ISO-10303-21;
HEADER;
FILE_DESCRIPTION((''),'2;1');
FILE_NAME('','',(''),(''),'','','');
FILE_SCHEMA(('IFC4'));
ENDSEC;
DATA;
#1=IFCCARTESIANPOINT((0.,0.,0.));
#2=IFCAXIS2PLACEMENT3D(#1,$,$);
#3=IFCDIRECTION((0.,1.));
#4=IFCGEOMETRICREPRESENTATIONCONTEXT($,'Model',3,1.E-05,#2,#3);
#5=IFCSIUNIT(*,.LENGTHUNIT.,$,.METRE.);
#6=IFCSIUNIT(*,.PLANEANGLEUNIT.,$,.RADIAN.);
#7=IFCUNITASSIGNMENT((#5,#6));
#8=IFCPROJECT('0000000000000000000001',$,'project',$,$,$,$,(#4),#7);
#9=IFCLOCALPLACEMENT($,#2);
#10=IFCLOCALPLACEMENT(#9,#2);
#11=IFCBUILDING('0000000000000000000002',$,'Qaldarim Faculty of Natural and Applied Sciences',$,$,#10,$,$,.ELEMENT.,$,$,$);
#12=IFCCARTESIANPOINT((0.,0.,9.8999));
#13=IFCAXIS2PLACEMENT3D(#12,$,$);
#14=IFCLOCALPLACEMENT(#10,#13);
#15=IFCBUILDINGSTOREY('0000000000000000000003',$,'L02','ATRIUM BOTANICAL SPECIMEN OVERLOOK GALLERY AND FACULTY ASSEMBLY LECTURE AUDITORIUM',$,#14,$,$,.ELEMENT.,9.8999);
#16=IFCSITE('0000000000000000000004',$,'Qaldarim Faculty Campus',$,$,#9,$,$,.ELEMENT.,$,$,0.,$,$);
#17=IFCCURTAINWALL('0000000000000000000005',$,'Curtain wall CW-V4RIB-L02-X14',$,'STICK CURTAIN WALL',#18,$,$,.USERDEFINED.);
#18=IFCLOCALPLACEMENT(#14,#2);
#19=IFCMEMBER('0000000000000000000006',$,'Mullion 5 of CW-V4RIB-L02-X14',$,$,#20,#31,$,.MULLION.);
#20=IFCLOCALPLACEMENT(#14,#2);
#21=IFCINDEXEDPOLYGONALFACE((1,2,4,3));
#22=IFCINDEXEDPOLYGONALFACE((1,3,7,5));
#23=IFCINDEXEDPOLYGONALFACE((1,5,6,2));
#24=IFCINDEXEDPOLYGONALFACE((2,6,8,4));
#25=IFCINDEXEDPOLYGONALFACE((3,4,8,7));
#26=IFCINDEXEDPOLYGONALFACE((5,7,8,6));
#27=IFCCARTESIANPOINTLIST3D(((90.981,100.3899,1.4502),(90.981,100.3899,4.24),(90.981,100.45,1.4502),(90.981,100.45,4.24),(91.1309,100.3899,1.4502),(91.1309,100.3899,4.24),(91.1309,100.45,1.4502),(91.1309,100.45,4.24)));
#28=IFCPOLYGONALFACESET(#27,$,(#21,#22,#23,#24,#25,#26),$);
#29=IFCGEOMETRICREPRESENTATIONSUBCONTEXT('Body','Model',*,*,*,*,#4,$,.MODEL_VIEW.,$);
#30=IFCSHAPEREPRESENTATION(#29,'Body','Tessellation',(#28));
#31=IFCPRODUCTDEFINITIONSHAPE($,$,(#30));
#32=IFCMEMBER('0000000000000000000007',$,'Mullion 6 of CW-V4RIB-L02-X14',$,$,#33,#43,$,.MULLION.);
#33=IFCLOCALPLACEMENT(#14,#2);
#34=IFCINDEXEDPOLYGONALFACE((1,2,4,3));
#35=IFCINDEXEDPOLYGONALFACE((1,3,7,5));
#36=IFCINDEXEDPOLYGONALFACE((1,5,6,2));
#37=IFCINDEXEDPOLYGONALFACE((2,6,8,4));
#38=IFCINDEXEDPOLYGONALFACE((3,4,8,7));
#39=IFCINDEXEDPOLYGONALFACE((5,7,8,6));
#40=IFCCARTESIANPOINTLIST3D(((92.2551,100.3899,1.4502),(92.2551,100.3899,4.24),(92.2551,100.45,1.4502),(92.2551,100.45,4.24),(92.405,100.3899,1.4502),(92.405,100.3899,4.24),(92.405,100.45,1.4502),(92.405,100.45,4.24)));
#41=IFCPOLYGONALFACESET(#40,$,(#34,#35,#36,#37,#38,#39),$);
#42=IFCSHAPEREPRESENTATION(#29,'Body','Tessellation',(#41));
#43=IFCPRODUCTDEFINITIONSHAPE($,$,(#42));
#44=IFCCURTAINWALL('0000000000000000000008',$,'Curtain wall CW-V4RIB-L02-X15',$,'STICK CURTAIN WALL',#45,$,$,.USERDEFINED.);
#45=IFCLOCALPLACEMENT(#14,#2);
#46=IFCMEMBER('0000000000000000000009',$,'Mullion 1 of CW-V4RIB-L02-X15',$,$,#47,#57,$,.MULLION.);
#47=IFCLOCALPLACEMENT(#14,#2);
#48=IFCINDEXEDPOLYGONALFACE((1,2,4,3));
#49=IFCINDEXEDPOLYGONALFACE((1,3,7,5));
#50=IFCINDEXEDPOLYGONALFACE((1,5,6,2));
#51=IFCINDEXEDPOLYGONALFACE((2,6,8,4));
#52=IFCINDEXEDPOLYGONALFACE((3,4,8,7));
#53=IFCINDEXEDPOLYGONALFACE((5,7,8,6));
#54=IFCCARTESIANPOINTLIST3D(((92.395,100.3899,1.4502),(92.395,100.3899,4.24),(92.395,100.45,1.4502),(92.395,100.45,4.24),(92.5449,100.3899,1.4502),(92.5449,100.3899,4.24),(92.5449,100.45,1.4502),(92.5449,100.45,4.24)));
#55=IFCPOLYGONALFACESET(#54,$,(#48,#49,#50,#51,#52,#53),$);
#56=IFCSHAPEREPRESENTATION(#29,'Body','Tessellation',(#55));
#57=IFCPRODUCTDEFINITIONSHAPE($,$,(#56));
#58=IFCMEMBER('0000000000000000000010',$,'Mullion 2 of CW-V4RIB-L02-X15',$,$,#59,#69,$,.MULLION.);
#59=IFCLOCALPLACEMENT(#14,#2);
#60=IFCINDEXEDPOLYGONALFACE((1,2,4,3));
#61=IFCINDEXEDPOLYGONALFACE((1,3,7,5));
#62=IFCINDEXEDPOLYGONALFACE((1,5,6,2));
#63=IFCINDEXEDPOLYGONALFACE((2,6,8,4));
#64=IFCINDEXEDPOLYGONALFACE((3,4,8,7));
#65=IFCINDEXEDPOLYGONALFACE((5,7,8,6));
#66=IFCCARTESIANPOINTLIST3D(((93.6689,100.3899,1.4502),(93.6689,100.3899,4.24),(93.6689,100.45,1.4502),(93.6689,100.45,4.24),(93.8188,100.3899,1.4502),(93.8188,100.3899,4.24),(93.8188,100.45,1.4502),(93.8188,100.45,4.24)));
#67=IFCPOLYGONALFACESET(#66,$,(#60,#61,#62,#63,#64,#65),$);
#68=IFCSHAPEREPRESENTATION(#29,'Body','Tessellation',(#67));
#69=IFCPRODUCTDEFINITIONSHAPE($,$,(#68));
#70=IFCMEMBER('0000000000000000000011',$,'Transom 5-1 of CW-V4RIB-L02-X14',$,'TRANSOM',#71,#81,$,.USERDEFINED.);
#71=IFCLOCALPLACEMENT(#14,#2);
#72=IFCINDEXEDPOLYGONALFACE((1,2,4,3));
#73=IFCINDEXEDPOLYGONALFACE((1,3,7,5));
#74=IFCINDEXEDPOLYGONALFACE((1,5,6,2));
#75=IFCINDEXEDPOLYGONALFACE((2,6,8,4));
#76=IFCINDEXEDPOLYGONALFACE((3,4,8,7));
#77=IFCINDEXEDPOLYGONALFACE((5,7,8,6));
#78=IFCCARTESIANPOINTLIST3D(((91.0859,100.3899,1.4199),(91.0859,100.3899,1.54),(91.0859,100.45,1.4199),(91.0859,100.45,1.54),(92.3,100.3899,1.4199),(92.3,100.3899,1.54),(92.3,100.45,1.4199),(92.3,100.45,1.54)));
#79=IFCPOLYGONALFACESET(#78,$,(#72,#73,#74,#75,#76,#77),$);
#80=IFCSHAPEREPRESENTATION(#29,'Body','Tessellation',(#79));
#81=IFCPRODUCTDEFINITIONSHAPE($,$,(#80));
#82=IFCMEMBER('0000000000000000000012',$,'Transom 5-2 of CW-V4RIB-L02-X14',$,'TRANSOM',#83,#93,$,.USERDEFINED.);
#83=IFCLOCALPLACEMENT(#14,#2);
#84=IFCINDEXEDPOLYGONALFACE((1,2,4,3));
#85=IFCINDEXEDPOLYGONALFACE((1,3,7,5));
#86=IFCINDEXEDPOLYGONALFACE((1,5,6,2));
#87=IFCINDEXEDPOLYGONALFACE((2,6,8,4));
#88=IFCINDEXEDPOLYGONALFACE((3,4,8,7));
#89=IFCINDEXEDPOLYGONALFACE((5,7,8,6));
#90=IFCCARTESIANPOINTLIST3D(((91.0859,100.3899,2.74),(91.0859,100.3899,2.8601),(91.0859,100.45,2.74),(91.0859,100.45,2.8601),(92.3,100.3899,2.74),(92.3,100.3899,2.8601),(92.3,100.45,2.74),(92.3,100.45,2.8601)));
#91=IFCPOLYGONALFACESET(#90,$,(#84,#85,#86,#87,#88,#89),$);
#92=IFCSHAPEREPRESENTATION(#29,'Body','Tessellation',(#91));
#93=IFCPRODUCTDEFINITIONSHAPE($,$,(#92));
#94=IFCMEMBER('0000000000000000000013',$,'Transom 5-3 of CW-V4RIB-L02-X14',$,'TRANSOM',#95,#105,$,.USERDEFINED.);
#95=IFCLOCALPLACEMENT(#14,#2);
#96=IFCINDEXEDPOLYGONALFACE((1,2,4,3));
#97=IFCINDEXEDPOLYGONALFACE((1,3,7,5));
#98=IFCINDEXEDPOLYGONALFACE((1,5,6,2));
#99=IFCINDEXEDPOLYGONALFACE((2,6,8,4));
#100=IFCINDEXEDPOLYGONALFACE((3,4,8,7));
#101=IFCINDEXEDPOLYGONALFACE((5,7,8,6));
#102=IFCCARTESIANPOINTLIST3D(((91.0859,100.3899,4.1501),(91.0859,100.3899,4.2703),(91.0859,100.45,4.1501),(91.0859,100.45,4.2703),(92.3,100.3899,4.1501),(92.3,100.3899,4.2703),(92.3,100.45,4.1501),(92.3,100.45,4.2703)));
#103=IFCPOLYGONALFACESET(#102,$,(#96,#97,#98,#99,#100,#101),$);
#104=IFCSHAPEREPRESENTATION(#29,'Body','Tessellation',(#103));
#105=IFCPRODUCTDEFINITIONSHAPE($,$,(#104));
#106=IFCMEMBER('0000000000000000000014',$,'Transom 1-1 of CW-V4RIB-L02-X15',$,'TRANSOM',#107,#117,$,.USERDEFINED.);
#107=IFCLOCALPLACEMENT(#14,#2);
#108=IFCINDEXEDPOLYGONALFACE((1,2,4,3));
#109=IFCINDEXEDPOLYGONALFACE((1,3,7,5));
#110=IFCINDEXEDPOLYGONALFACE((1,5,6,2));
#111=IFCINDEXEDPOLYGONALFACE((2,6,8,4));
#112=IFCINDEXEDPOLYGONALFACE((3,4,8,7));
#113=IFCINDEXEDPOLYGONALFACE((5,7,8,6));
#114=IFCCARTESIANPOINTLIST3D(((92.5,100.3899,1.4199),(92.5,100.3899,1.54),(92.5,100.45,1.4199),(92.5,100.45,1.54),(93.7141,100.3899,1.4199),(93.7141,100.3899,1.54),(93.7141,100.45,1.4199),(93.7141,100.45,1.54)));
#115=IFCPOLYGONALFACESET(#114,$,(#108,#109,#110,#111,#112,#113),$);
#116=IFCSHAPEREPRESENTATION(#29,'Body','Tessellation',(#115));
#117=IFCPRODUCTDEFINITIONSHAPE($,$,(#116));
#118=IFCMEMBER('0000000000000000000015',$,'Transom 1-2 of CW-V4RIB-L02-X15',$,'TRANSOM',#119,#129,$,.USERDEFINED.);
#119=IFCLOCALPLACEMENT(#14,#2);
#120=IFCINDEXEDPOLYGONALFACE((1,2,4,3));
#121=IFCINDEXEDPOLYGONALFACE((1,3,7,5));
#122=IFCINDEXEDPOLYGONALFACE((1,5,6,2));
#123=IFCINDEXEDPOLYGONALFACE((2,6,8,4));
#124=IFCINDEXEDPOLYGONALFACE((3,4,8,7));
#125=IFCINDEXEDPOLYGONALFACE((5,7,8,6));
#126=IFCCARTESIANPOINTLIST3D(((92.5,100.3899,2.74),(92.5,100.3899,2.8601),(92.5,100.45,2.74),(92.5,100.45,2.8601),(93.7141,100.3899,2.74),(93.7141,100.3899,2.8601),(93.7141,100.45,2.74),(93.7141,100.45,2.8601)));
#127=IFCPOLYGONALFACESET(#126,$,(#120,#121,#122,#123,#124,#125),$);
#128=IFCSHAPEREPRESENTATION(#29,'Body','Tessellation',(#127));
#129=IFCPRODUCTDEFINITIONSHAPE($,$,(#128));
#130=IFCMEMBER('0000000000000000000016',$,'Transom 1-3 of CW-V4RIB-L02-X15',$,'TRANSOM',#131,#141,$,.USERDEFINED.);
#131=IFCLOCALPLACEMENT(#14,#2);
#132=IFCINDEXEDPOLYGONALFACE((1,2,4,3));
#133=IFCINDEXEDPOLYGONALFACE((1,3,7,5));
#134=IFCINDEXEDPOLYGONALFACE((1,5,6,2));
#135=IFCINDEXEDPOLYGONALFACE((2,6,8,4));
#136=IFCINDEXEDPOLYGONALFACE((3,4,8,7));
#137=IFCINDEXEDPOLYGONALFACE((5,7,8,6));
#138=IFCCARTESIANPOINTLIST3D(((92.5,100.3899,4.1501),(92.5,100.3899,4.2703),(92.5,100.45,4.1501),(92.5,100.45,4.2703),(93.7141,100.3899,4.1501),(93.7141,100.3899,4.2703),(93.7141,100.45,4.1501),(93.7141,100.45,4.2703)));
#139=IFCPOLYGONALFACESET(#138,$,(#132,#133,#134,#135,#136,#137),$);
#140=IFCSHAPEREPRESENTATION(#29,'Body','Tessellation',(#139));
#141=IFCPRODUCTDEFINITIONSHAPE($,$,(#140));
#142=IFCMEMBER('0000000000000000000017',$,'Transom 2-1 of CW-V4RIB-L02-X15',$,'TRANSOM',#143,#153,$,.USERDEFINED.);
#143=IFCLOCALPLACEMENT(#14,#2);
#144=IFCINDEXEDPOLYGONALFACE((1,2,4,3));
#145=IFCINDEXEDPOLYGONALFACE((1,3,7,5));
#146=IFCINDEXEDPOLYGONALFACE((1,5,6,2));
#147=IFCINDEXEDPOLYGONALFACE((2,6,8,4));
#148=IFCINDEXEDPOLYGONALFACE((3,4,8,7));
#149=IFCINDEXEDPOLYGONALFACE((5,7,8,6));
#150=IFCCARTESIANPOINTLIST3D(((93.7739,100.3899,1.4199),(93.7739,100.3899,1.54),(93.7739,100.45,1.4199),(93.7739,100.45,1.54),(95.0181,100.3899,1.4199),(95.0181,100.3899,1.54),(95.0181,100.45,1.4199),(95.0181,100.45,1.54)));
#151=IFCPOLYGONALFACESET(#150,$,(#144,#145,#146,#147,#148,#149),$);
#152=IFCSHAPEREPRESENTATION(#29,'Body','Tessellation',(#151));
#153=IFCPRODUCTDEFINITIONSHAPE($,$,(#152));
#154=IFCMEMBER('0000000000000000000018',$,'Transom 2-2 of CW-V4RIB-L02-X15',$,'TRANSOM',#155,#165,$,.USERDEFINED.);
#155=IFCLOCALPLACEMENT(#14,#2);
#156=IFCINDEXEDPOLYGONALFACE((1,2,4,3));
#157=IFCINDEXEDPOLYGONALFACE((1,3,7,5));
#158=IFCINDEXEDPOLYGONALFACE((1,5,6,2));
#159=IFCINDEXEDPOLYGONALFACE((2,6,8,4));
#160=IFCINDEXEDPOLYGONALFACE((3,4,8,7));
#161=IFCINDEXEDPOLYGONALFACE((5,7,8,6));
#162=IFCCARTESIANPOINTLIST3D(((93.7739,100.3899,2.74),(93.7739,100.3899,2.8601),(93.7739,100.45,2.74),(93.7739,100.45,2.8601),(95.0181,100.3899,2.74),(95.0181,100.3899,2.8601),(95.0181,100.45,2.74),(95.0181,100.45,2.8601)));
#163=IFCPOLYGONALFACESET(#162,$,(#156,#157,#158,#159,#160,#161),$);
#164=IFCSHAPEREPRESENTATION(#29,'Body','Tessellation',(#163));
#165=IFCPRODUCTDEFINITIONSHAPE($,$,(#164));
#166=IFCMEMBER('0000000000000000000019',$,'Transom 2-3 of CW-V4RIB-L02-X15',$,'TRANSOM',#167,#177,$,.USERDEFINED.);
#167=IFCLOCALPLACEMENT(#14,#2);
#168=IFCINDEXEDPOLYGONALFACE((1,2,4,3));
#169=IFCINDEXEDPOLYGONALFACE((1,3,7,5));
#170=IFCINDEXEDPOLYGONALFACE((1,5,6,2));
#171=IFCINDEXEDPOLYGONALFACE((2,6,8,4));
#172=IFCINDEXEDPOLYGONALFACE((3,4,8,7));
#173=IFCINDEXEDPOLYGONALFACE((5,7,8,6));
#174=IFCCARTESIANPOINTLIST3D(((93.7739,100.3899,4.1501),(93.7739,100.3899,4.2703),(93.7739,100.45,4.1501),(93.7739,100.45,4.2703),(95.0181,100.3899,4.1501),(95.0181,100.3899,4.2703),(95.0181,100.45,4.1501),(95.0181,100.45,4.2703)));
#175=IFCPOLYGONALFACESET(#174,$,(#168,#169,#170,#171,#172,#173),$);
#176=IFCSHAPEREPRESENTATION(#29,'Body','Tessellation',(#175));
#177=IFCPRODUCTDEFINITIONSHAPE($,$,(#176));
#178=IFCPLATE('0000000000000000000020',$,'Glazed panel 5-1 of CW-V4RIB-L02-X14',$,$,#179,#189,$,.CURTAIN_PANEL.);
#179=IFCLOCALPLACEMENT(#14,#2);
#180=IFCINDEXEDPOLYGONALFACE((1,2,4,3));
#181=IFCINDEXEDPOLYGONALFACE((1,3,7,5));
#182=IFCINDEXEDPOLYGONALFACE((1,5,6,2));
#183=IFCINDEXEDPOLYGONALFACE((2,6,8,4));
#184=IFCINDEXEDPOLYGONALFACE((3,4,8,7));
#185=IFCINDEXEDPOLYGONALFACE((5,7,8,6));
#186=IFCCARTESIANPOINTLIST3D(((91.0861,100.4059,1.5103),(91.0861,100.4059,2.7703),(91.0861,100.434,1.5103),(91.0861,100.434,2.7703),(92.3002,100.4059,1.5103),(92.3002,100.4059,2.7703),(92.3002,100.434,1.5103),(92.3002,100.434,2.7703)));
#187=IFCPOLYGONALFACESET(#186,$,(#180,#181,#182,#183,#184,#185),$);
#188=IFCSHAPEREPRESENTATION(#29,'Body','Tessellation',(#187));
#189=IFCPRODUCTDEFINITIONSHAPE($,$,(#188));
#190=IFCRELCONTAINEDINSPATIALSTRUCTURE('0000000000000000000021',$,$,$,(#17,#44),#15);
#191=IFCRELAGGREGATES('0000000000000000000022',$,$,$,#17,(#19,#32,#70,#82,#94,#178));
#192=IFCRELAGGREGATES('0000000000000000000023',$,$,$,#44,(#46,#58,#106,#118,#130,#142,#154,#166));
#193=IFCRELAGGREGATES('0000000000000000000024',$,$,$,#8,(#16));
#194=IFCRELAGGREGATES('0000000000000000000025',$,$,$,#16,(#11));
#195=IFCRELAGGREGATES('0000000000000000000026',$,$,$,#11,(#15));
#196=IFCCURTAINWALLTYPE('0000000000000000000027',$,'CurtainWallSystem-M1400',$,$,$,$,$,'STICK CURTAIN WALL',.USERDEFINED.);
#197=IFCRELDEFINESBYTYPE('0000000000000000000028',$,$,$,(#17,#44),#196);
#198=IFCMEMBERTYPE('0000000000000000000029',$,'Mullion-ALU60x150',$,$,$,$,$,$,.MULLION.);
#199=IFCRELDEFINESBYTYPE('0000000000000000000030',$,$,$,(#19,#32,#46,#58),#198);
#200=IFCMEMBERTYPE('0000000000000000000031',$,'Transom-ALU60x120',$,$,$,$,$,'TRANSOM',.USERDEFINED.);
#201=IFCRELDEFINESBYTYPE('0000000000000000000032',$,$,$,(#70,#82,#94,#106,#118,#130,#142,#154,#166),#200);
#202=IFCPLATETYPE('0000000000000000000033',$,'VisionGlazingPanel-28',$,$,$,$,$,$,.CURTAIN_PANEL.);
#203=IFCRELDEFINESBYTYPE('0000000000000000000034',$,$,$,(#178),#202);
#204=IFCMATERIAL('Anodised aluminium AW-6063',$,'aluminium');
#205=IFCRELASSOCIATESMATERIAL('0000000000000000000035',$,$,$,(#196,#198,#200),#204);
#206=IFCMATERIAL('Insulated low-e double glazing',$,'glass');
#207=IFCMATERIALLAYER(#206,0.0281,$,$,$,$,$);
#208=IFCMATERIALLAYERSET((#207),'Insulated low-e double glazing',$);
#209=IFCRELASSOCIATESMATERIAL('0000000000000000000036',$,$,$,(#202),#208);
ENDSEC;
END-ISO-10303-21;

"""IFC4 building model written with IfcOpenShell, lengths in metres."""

from ifc_helpers import new_model, si_unit, direction, frame, origin, origin_2d, place, context, subcontext, project, spatial, rectangle, extrude, material, layer, layer_set, material_profile, profile_set, type_object, element, aggregate, save


model = new_model("IFC4")

# Units and contexts
model_context = context("Model", 3, precision=1e-05, world=origin(), true_north=direction((0.0, 1.0)))
body_context = subcontext(model_context, "Body", "Model", "MODEL_VIEW")
ifc_project = project(units=[si_unit("LENGTHUNIT", "METRE"), si_unit("PLANEANGLEUNIT", "RADIAN")], contexts=[model_context])

# Site, building, storey
site_placement = place(None, origin())
site = spatial("IfcSite", under=ifc_project, at=site_placement, Name="Qaldarim Faculty Campus", CompositionType="ELEMENT", RefElevation=0.0)
building_placement = place(site_placement, origin())
building = spatial("IfcBuilding", under=site, at=building_placement, Name="Qaldarim Faculty of Natural and Applied Sciences", CompositionType="ELEMENT")
storey_placement = place(building_placement, frame((0.0, 0.0, 9.8999)))
storey = spatial("IfcBuildingStorey", under=building, at=storey_placement, Name="L02", Description="ATRIUM BOTANICAL SPECIMEN OVERLOOK GALLERY AND FACULTY ASSEMBLY LECTURE AUDITORIUM", CompositionType="ELEMENT", Elevation=9.8999)

# Curtain walls, members
ifc_material_1 = material(Name="Anodised aluminium AW-6063", Category="aluminium")
curtain_wall_type = type_object("IfcCurtainWallType", Name="CurtainWallSystem-M1400", ElementType="STICK CURTAIN WALL", PredefinedType="USERDEFINED", material=ifc_material_1)
curtain_wall_1_placement = place(storey_placement, origin())
curtain_wall_1 = element("IfcCurtainWall", 1, at=curtain_wall_1_placement, inside=storey, type_object=curtain_wall_type, Name="Curtain wall CW-V4RIB-L02-X14", ObjectType="STICK CURTAIN WALL", PredefinedType="USERDEFINED")
ifc_material_profile_1 = material_profile(ifc_material_1, rectangle(XDim=0.0601, YDim=0.1499, at=origin_2d()), Name="ALU-M60x150")
ifc_profile_set_1 = profile_set([ifc_material_profile_1], Name="Anodised aluminium AW-6063")
member_type_1 = type_object("IfcMemberType", Name="Mullion-ALU60x150", PredefinedType="MULLION", material=ifc_profile_set_1)
member_1_placement = place(storey_placement, frame((91.0559, 100.4199, 1.4502), z_axis=(0.0, 0.0, 1.0), x_axis=(0.0, 1.0, 0.0)))
member_1 = element("IfcMember", 2, at=member_1_placement, type_object=member_type_1, Name="Mullion 5 of CW-V4RIB-L02-X14", PredefinedType="MULLION", context=body_context, shape_type="SweptSolid", body=[
    extrude(rectangle(XDim=0.0601, YDim=0.1499, at=origin_2d()), origin(), (0.0, 0.0, 1.0), 2.7898),
])
member_2_placement = place(storey_placement, frame((92.3301, 100.4199, 1.4502), z_axis=(0.0, 0.0, 1.0), x_axis=(0.0, 1.0, 0.0)))
member_2 = element("IfcMember", 3, at=member_2_placement, type_object=member_type_1, Name="Mullion 6 of CW-V4RIB-L02-X14", PredefinedType="MULLION", context=body_context, shape_type="SweptSolid", body=[
    extrude(rectangle(XDim=0.0601, YDim=0.1499, at=origin_2d()), origin(), (0.0, 0.0, 1.0), 2.7898),
])
curtain_wall_2_placement = place(storey_placement, origin())
curtain_wall_2 = element("IfcCurtainWall", 4, at=curtain_wall_2_placement, inside=storey, type_object=curtain_wall_type, Name="Curtain wall CW-V4RIB-L02-X15", ObjectType="STICK CURTAIN WALL", PredefinedType="USERDEFINED")
member_3_placement = place(storey_placement, frame((92.47, 100.4199, 1.4502), z_axis=(0.0, 0.0, 1.0), x_axis=(0.0, 1.0, 0.0)))
member_3 = element("IfcMember", 5, at=member_3_placement, type_object=member_type_1, Name="Mullion 1 of CW-V4RIB-L02-X15", PredefinedType="MULLION", context=body_context, shape_type="SweptSolid", body=[
    extrude(rectangle(XDim=0.0601, YDim=0.1499, at=origin_2d()), origin(), (0.0, 0.0, 1.0), 2.7898),
])
member_4_placement = place(storey_placement, frame((93.7439, 100.4199, 1.4502), z_axis=(0.0, 0.0, 1.0), x_axis=(0.0, 1.0, 0.0)))
member_4 = element("IfcMember", 6, at=member_4_placement, type_object=member_type_1, Name="Mullion 2 of CW-V4RIB-L02-X15", PredefinedType="MULLION", context=body_context, shape_type="SweptSolid", body=[
    extrude(rectangle(XDim=0.0601, YDim=0.1499, at=origin_2d()), origin(), (0.0, 0.0, 1.0), 2.7898),
])

# Members
ifc_material_profile_2 = material_profile(ifc_material_1, rectangle(XDim=0.0601, YDim=0.1201, at=origin_2d()), Name="ALU-T60x120")
ifc_profile_set_2 = profile_set([ifc_material_profile_2], Name="Anodised aluminium AW-6063")
member_type_2 = type_object("IfcMemberType", Name="Transom-ALU60x120", ElementType="TRANSOM", PredefinedType="USERDEFINED", material=ifc_profile_set_2)
member_5_placement = place(storey_placement, frame((91.0859, 100.4199, 1.48), z_axis=(1.0, 0.0, 0.0), x_axis=(0.0, 1.0, 0.0)))
member_5 = element("IfcMember", 7, at=member_5_placement, type_object=member_type_2, Name="Transom 5-1 of CW-V4RIB-L02-X14", ObjectType="TRANSOM", PredefinedType="USERDEFINED", context=body_context, shape_type="SweptSolid", body=[
    extrude(rectangle(XDim=0.0601, YDim=0.1201, at=origin_2d()), origin(), (0.0, 0.0, 1.0), 1.2141),
])
member_6_placement = place(storey_placement, frame((91.0859, 100.4199, 2.8), z_axis=(1.0, 0.0, 0.0), x_axis=(0.0, 1.0, 0.0)))
member_6 = element("IfcMember", 8, at=member_6_placement, type_object=member_type_2, Name="Transom 5-2 of CW-V4RIB-L02-X14", ObjectType="TRANSOM", PredefinedType="USERDEFINED", context=body_context, shape_type="SweptSolid", body=[
    extrude(rectangle(XDim=0.0601, YDim=0.1201, at=origin_2d()), origin(), (0.0, 0.0, 1.0), 1.2141),
])
member_7_placement = place(storey_placement, frame((91.0859, 100.4199, 4.2102), z_axis=(1.0, 0.0, 0.0), x_axis=(0.0, 1.0, 0.0)))
member_7 = element("IfcMember", 9, at=member_7_placement, type_object=member_type_2, Name="Transom 5-3 of CW-V4RIB-L02-X14", ObjectType="TRANSOM", PredefinedType="USERDEFINED", context=body_context, shape_type="SweptSolid", body=[
    extrude(rectangle(XDim=0.0601, YDim=0.1201, at=origin_2d()), origin(), (0.0, 0.0, 1.0), 1.2141),
])
member_8_placement = place(storey_placement, frame((92.5, 100.4199, 1.48), z_axis=(1.0, 0.0, 0.0), x_axis=(0.0, 1.0, 0.0)))
member_8 = element("IfcMember", 10, at=member_8_placement, type_object=member_type_2, Name="Transom 1-1 of CW-V4RIB-L02-X15", ObjectType="TRANSOM", PredefinedType="USERDEFINED", context=body_context, shape_type="SweptSolid", body=[
    extrude(rectangle(XDim=0.0601, YDim=0.1201, at=origin_2d()), origin(), (0.0, 0.0, 1.0), 1.2141),
])
member_9_placement = place(storey_placement, frame((92.5, 100.4199, 2.8), z_axis=(1.0, 0.0, 0.0), x_axis=(0.0, 1.0, 0.0)))
member_9 = element("IfcMember", 11, at=member_9_placement, type_object=member_type_2, Name="Transom 1-2 of CW-V4RIB-L02-X15", ObjectType="TRANSOM", PredefinedType="USERDEFINED", context=body_context, shape_type="SweptSolid", body=[
    extrude(rectangle(XDim=0.0601, YDim=0.1201, at=origin_2d()), origin(), (0.0, 0.0, 1.0), 1.2141),
])
member_10_placement = place(storey_placement, frame((92.5, 100.4199, 4.2102), z_axis=(1.0, 0.0, 0.0), x_axis=(0.0, 1.0, 0.0)))
member_10 = element("IfcMember", 12, at=member_10_placement, type_object=member_type_2, Name="Transom 1-3 of CW-V4RIB-L02-X15", ObjectType="TRANSOM", PredefinedType="USERDEFINED", context=body_context, shape_type="SweptSolid", body=[
    extrude(rectangle(XDim=0.0601, YDim=0.1201, at=origin_2d()), origin(), (0.0, 0.0, 1.0), 1.2141),
])
member_11_placement = place(storey_placement, frame((93.7739, 100.4199, 1.48), z_axis=(1.0, 0.0, 0.0), x_axis=(0.0, 1.0, 0.0)))
member_11 = element("IfcMember", 13, at=member_11_placement, type_object=member_type_2, Name="Transom 2-1 of CW-V4RIB-L02-X15", ObjectType="TRANSOM", PredefinedType="USERDEFINED", context=body_context, shape_type="SweptSolid", body=[
    extrude(rectangle(XDim=0.0601, YDim=0.1201, at=origin_2d()), origin(), (0.0, 0.0, 1.0), 1.2441),
])
member_12_placement = place(storey_placement, frame((93.7739, 100.4199, 2.8), z_axis=(1.0, 0.0, 0.0), x_axis=(0.0, 1.0, 0.0)))
member_12 = element("IfcMember", 14, at=member_12_placement, type_object=member_type_2, Name="Transom 2-2 of CW-V4RIB-L02-X15", ObjectType="TRANSOM", PredefinedType="USERDEFINED", context=body_context, shape_type="SweptSolid", body=[
    extrude(rectangle(XDim=0.0601, YDim=0.1201, at=origin_2d()), origin(), (0.0, 0.0, 1.0), 1.2441),
])
member_13_placement = place(storey_placement, frame((93.7739, 100.4199, 4.2102), z_axis=(1.0, 0.0, 0.0), x_axis=(0.0, 1.0, 0.0)))
member_13 = element("IfcMember", 15, at=member_13_placement, type_object=member_type_2, Name="Transom 2-3 of CW-V4RIB-L02-X15", ObjectType="TRANSOM", PredefinedType="USERDEFINED", context=body_context, shape_type="SweptSolid", body=[
    extrude(rectangle(XDim=0.0601, YDim=0.1201, at=origin_2d()), origin(), (0.0, 0.0, 1.0), 1.2441),
])

# Plate
ifc_material_2 = material(Name="Insulated low-e double glazing", Category="glass")
ifc_layer_1 = layer(ifc_material_2, 0.0281)
ifc_layer_set_1 = layer_set([ifc_layer_1], Name="Insulated low-e double glazing")
plate_type = type_object("IfcPlateType", Name="VisionGlazingPanel-28", PredefinedType="CURTAIN_PANEL", material=ifc_layer_set_1)
plate_1_placement = place(storey_placement, frame((91.6931, 100.4199, 1.5103), z_axis=(0.0, 0.0, 1.0), x_axis=(1.0, 0.0, 0.0)))
plate_1 = element("IfcPlate", 16, at=plate_1_placement, type_object=plate_type, Name="Glazed panel 5-1 of CW-V4RIB-L02-X14", PredefinedType="CURTAIN_PANEL", context=body_context, shape_type="SweptSolid", body=[
    extrude(rectangle(XDim=1.2141, YDim=0.0281, at=origin_2d()), origin(), (0.0, 0.0, 1.0), 1.26),
])
aggregate(curtain_wall_1, [member_1, member_2, member_5, member_6, member_7, plate_1])
aggregate(curtain_wall_2, [member_3, member_4, member_8, member_9, member_10, member_11, member_12, member_13])

save(model, "model.ifc")
